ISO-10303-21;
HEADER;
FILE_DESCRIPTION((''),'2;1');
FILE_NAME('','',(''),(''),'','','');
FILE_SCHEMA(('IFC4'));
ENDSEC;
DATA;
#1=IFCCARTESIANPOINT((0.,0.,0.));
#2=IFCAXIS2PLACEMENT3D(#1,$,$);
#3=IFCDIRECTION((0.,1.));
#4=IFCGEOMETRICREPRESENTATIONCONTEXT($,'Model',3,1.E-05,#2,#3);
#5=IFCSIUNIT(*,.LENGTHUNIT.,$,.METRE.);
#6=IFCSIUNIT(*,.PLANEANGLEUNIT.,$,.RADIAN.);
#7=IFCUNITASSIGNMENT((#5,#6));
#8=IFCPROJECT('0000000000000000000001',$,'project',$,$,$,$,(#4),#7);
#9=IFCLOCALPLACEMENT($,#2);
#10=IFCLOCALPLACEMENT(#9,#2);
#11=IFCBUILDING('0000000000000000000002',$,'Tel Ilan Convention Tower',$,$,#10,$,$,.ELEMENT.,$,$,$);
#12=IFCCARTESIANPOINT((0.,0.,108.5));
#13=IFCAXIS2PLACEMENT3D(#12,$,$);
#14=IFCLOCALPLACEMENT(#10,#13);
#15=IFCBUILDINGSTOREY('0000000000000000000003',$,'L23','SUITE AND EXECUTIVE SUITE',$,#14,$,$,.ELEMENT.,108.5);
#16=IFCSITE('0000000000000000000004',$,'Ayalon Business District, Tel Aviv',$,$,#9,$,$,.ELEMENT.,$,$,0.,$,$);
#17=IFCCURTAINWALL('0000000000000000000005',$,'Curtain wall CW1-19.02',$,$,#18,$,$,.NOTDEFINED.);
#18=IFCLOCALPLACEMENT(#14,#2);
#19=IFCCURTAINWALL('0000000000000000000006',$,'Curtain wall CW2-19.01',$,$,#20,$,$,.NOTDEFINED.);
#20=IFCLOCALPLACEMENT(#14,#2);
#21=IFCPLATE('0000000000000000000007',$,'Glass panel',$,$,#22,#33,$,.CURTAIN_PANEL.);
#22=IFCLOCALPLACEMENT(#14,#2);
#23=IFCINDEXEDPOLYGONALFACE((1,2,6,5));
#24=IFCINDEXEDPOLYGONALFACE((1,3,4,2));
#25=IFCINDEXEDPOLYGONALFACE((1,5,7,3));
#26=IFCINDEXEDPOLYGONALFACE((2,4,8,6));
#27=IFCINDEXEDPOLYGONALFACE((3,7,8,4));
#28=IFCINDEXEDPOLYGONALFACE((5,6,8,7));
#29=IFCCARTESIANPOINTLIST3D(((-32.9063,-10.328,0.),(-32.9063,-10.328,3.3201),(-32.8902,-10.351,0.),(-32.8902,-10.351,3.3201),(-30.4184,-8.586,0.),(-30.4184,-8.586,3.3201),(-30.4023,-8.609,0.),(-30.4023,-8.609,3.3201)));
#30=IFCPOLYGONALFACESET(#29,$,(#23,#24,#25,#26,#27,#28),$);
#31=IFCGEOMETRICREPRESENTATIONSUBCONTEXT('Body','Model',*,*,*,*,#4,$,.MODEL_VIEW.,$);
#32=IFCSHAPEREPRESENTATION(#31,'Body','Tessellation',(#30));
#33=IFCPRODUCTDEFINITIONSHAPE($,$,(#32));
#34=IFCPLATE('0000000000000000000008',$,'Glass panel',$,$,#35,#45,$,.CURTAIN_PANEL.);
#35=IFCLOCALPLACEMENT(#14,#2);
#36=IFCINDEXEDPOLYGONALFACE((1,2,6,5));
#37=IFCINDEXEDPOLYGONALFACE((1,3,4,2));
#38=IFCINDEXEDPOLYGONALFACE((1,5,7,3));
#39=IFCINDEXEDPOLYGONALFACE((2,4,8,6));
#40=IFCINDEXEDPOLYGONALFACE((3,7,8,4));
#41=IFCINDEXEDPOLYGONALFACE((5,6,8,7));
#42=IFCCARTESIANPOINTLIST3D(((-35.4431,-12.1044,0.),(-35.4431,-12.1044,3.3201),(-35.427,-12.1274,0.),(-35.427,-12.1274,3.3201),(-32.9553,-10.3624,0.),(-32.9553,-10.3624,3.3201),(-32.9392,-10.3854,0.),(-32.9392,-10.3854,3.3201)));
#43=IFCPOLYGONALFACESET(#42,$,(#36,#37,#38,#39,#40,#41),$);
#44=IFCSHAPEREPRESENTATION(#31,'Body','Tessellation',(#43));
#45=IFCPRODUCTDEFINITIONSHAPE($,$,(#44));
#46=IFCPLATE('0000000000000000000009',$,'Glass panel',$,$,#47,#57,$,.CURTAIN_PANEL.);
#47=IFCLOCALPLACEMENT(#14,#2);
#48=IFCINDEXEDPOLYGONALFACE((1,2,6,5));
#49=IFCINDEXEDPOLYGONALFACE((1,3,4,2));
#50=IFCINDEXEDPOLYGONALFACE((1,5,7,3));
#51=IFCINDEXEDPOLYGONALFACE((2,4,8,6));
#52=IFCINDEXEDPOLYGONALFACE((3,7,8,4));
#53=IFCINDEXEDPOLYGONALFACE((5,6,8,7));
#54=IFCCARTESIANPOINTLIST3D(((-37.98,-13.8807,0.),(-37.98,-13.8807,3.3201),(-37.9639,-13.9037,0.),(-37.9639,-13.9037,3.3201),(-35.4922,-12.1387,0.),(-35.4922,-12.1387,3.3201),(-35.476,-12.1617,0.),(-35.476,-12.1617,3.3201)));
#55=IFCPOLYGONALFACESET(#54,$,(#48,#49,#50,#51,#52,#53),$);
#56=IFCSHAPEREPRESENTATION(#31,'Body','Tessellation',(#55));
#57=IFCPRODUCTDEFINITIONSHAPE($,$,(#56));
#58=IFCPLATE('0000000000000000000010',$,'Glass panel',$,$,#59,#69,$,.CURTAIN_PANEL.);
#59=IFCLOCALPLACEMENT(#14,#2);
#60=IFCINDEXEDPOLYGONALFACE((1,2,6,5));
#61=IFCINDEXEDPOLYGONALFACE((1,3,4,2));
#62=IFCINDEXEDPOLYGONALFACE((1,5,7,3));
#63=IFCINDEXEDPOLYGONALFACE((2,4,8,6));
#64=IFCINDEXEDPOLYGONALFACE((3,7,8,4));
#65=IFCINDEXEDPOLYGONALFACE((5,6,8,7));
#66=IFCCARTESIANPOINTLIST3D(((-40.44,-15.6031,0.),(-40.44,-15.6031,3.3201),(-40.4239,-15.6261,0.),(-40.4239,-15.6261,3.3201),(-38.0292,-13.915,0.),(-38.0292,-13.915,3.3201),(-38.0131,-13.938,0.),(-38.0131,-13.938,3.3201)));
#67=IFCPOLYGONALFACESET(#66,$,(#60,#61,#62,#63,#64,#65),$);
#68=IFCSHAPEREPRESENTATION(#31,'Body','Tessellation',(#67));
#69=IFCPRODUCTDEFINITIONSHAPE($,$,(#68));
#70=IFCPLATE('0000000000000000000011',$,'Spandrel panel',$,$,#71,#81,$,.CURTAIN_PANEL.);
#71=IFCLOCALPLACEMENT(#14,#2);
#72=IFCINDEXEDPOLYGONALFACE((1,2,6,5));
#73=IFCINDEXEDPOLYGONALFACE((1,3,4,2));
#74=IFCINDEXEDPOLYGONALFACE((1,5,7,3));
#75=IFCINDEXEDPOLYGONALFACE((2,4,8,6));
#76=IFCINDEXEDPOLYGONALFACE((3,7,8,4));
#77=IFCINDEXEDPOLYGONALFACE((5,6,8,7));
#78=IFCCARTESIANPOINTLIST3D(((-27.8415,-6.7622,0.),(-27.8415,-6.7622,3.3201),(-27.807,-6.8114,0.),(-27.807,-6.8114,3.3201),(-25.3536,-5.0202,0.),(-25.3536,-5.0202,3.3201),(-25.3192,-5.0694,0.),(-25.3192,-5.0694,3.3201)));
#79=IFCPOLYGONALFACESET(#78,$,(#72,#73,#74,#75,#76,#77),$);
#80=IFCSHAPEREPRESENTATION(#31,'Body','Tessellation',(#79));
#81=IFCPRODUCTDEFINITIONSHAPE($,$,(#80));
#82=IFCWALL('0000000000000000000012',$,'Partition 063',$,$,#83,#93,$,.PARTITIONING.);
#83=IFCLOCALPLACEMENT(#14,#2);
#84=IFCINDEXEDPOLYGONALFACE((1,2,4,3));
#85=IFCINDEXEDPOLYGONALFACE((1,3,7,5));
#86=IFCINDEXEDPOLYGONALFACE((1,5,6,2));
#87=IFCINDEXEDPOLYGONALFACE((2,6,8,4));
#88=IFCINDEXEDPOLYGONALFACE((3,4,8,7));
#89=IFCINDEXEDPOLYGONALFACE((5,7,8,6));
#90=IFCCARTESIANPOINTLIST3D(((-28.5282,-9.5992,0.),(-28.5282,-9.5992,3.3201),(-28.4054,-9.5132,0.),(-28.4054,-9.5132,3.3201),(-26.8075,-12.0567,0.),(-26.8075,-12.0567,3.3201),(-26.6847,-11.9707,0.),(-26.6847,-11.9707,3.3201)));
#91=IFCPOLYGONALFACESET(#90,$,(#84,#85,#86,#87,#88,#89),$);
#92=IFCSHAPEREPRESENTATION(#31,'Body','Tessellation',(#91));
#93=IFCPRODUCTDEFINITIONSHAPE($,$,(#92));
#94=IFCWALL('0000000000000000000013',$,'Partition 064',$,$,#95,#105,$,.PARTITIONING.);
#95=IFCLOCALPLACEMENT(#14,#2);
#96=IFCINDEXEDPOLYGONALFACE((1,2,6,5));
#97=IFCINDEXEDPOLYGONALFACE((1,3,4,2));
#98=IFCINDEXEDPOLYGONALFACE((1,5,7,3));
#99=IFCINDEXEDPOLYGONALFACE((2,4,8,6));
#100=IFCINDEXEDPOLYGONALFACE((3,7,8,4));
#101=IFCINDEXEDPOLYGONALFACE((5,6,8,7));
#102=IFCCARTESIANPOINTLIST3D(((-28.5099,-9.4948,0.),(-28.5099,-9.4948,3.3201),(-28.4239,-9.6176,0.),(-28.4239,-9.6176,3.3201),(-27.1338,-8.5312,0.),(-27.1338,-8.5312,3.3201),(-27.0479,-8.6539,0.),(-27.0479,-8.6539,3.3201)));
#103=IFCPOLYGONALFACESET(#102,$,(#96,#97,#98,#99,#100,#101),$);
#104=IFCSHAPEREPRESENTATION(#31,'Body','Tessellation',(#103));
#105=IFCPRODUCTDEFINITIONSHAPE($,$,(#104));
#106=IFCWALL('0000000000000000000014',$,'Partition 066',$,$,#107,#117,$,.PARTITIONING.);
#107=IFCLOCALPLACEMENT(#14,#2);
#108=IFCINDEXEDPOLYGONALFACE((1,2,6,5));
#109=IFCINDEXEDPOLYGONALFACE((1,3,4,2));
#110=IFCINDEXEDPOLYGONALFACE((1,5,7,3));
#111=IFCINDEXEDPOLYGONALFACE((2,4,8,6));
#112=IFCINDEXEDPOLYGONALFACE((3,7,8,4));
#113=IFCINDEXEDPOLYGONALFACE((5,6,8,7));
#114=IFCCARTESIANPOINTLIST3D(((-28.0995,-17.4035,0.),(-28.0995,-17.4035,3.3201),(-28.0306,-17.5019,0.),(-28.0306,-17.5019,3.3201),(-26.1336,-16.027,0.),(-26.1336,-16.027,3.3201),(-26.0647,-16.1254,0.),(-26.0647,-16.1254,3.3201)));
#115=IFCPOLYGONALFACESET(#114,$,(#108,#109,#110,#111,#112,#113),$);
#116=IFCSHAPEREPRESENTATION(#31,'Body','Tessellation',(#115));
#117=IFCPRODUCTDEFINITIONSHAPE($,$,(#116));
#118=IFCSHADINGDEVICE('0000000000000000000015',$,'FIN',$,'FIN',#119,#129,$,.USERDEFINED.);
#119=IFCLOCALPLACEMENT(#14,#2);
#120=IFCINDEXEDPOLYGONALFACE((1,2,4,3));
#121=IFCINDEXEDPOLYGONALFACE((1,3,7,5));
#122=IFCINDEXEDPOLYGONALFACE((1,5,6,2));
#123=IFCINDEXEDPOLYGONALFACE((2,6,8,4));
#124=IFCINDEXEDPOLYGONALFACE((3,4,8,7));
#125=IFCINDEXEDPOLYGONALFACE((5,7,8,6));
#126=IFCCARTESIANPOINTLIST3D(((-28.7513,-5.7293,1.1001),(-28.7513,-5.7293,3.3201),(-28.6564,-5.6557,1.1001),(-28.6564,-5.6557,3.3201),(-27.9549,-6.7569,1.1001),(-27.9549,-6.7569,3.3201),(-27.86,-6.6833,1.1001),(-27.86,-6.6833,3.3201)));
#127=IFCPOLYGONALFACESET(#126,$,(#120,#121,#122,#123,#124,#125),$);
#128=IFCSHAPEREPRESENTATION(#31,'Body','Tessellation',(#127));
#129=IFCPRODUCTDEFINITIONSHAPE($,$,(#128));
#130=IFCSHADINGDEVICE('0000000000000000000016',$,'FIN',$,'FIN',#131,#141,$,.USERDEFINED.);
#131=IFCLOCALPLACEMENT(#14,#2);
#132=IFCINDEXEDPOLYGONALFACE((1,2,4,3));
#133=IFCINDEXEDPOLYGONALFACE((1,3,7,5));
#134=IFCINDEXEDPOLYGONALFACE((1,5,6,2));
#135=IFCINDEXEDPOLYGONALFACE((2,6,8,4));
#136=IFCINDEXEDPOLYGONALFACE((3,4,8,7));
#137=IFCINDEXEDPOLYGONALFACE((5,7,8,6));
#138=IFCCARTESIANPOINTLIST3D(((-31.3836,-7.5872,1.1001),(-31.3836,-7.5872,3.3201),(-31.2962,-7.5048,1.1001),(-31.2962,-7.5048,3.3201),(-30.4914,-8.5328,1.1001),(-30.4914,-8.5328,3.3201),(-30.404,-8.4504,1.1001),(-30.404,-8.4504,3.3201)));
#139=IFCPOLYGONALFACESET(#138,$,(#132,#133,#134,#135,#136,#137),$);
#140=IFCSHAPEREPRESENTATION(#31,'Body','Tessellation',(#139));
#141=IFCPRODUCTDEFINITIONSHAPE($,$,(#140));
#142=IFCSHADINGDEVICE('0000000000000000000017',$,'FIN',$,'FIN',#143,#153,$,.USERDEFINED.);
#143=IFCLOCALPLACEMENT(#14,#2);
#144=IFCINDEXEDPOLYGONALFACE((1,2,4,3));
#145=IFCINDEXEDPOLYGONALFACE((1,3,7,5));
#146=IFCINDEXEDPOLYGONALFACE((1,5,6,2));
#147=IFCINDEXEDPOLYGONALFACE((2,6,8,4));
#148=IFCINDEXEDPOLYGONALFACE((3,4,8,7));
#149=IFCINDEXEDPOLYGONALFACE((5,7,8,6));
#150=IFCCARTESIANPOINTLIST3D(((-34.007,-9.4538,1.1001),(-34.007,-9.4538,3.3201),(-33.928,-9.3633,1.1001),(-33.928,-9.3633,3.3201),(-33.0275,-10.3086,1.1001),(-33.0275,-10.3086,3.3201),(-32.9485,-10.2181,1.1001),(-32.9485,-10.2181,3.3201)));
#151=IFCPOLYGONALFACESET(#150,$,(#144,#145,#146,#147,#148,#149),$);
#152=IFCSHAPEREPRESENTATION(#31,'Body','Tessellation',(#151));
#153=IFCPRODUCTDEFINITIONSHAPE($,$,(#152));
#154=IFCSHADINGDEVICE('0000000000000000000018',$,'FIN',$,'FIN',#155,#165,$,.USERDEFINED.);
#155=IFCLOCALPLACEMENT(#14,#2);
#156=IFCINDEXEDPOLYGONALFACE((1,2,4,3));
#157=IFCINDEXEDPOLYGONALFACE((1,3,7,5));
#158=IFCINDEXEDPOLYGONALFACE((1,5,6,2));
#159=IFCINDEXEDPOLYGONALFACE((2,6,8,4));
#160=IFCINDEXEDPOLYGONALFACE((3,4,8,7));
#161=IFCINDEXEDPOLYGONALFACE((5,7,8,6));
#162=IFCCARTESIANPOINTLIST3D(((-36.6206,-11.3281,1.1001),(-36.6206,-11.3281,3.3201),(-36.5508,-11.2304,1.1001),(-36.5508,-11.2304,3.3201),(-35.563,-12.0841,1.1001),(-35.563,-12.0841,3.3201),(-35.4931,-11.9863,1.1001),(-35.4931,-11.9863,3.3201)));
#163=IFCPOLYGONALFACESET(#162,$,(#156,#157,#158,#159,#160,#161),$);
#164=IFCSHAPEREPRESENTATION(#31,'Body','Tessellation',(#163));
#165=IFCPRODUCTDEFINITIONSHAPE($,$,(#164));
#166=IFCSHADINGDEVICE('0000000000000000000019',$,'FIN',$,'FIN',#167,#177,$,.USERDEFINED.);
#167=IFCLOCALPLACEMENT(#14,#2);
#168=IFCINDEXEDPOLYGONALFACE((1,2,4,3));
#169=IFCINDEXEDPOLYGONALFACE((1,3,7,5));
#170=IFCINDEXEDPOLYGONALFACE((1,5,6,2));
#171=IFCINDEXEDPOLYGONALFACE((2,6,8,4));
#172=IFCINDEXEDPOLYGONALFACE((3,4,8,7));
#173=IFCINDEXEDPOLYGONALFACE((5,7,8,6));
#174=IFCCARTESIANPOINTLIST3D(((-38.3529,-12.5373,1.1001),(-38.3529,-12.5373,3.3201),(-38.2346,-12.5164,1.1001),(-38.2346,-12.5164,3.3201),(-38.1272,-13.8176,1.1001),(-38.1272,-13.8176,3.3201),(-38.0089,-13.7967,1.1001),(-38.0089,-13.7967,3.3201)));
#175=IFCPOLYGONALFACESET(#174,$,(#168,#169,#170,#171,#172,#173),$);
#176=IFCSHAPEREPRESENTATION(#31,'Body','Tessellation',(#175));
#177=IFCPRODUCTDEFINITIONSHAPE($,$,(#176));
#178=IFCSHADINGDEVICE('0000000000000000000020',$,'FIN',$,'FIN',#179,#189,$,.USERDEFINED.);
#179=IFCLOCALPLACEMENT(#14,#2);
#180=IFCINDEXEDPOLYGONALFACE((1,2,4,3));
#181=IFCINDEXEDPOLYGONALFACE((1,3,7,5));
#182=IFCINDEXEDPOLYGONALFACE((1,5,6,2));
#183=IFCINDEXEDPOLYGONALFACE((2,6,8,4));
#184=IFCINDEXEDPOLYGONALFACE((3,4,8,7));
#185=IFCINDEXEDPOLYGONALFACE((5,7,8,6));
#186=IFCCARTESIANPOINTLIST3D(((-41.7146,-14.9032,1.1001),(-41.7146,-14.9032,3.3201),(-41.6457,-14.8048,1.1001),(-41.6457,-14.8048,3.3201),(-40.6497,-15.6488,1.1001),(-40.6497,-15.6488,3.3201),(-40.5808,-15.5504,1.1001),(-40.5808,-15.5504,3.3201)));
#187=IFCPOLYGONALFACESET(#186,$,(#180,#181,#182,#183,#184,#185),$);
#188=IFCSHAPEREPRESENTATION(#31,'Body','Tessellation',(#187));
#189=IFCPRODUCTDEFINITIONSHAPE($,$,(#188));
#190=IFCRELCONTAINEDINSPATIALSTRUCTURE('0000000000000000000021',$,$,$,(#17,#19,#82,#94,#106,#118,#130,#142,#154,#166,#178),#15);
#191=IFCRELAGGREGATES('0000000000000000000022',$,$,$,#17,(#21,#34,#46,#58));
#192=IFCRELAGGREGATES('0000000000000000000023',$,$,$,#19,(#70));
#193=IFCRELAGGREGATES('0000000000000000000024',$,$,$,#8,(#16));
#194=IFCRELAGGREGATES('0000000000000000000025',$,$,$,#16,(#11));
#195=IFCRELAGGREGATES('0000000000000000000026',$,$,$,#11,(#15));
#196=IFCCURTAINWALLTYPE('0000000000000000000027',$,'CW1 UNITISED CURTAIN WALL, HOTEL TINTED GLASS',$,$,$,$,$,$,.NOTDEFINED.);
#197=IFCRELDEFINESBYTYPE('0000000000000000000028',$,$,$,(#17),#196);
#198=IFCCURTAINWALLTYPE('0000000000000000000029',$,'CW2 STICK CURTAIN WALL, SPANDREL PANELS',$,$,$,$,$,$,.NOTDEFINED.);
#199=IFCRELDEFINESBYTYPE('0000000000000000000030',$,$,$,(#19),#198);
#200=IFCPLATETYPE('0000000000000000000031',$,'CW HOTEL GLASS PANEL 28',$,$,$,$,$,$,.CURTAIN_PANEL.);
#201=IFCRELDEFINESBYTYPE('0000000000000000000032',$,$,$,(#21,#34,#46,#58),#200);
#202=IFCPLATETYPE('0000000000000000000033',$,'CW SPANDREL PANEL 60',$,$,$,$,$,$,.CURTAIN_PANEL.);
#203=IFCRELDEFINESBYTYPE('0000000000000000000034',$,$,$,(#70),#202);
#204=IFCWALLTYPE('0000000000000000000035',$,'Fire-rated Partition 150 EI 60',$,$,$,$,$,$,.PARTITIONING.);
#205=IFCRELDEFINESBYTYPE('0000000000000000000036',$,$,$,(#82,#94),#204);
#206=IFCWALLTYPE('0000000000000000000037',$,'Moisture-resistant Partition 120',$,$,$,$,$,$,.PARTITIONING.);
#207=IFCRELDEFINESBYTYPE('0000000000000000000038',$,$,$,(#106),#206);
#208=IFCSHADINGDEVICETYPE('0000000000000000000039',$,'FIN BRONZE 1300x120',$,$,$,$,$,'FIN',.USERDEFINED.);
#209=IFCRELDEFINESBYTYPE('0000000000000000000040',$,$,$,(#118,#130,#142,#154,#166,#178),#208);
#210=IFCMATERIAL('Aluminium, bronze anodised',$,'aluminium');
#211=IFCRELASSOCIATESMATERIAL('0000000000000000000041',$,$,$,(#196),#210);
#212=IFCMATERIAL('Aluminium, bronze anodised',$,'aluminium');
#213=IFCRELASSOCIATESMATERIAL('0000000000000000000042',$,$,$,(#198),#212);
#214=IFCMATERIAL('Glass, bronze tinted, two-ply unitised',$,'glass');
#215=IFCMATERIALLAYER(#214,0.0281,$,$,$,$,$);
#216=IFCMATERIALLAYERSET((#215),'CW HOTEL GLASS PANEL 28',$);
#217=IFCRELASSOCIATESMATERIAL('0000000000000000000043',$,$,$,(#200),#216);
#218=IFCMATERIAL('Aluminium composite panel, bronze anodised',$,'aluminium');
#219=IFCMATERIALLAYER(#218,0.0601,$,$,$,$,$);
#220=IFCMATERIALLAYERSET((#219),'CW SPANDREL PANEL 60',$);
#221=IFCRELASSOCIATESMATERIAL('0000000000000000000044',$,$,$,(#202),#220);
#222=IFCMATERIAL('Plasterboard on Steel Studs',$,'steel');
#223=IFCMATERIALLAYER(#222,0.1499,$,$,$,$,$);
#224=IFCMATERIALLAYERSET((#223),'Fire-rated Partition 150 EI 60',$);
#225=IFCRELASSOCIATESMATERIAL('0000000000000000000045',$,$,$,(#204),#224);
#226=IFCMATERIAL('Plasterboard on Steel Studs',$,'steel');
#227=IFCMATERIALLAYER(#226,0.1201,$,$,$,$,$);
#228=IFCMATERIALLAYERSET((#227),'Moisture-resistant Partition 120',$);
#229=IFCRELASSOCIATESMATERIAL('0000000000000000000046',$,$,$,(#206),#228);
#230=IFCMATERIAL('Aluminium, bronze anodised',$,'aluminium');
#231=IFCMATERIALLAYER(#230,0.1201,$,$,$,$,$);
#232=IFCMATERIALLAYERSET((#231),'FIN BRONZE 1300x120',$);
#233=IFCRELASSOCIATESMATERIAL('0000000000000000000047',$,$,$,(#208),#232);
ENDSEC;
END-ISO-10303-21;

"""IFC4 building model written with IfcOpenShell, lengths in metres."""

from ifc_helpers import new_model, si_unit, direction, frame, frame_2d, origin, origin_2d, place, context, subcontext, project, spatial, rectangle, extrude, material, layer, layer_set, type_object, element, aggregate, save


model = new_model("IFC4")

# Units and contexts
model_context = context("Model", 3, precision=1e-05, world=origin(), true_north=direction((0.0, 1.0)))
body_context = subcontext(model_context, "Body", "Model", "MODEL_VIEW")
ifc_project = project(units=[si_unit("LENGTHUNIT", "METRE"), si_unit("PLANEANGLEUNIT", "RADIAN")], contexts=[model_context])

# Site, building, storey
site_placement = place(None, origin())
site = spatial("IfcSite", under=ifc_project, at=site_placement, Name="Ayalon Business District, Tel Aviv", CompositionType="ELEMENT", RefElevation=0.0)
building_placement = place(site_placement, origin())
building = spatial("IfcBuilding", under=site, at=building_placement, Name="Tel Ilan Convention Tower", CompositionType="ELEMENT")
storey_placement = place(building_placement, frame((0.0, 0.0, 108.5)))
storey = spatial("IfcBuildingStorey", under=building, at=storey_placement, Name="L23", Description="SUITE AND EXECUTIVE SUITE", CompositionType="ELEMENT", Elevation=108.5)

# Curtain wall
ifc_material_1 = material(Name="Aluminium, bronze anodised", Category="aluminium")
curtain_wall_type_1 = type_object("IfcCurtainWallType", Name="CW1 UNITISED CURTAIN WALL, HOTEL TINTED GLASS", PredefinedType="NOTDEFINED", material=ifc_material_1)
curtain_wall_1_placement = place(storey_placement, origin())
curtain_wall_1 = element("IfcCurtainWall", 1, at=curtain_wall_1_placement, inside=storey, type_object=curtain_wall_type_1, Name="Curtain wall CW1-19.02", PredefinedType="NOTDEFINED")

# Curtain wall
ifc_material_2 = material(Name="Aluminium, bronze anodised", Category="aluminium")
curtain_wall_type_2 = type_object("IfcCurtainWallType", Name="CW2 STICK CURTAIN WALL, SPANDREL PANELS", PredefinedType="NOTDEFINED", material=ifc_material_2)
curtain_wall_2_placement = place(storey_placement, origin())
curtain_wall_2 = element("IfcCurtainWall", 2, at=curtain_wall_2_placement, inside=storey, type_object=curtain_wall_type_2, Name="Curtain wall CW2-19.01", PredefinedType="NOTDEFINED")

# Plates
ifc_material_3 = material(Name="Glass, bronze tinted, two-ply unitised", Category="glass")
ifc_layer_1 = layer(ifc_material_3, 0.0281)
ifc_layer_set_1 = layer_set([ifc_layer_1], Name="CW HOTEL GLASS PANEL 28")
plate_type_1 = type_object("IfcPlateType", Name="CW HOTEL GLASS PANEL 28", PredefinedType="CURTAIN_PANEL", material=ifc_layer_set_1)
plate_1_placement = place(storey_placement, frame((-31.6543, -9.4685, 0.0), z_axis=(0.0, 0.0, 1.0), x_axis=(-0.819152, -0.573576, 0.0)))
plate_1 = element("IfcPlate", 3, at=plate_1_placement, type_object=plate_type_1, Name="Glass panel", PredefinedType="CURTAIN_PANEL", context=body_context, shape_type="SweptSolid", body=[
    extrude(rectangle(XDim=3.0371, YDim=0.0281, at=origin_2d()), origin(), (0.0, 0.0, 1.0), 3.3201),
])
plate_2_placement = place(storey_placement, frame((-34.1912, -11.2449, 0.0), z_axis=(0.0, 0.0, 1.0), x_axis=(-0.819152, -0.573576, 0.0)))
plate_2 = element("IfcPlate", 4, at=plate_2_placement, type_object=plate_type_1, Name="Glass panel", PredefinedType="CURTAIN_PANEL", context=body_context, shape_type="SweptSolid", body=[
    extrude(rectangle(XDim=3.0371, YDim=0.0281, at=origin_2d()), origin(), (0.0, 0.0, 1.0), 3.3201),
])
plate_3_placement = place(storey_placement, frame((-36.728, -13.0212, 0.0), z_axis=(0.0, 0.0, 1.0), x_axis=(-0.819152, -0.573576, 0.0)))
plate_3 = element("IfcPlate", 5, at=plate_3_placement, type_object=plate_type_1, Name="Glass panel", PredefinedType="CURTAIN_PANEL", context=body_context, shape_type="SweptSolid", body=[
    extrude(rectangle(XDim=3.0371, YDim=0.0281, at=origin_2d()), origin(), (0.0, 0.0, 1.0), 3.3201),
])
plate_4_placement = place(storey_placement, frame((-39.2266, -14.7705, 0.0), z_axis=(0.0, 0.0, 1.0), x_axis=(-0.819152, -0.573576, 0.0)))
plate_4 = element("IfcPlate", 6, at=plate_4_placement, type_object=plate_type_1, Name="Glass panel", PredefinedType="CURTAIN_PANEL", context=body_context, shape_type="SweptSolid", body=[
    extrude(rectangle(XDim=2.9431, YDim=0.0281, at=origin_2d()), origin(), (0.0, 0.0, 1.0), 3.3201),
])
aggregate(curtain_wall_1, [plate_1, plate_2, plate_3, plate_4])
ifc_material_4 = material(Name="Aluminium composite panel, bronze anodised", Category="aluminium")
ifc_layer_2 = layer(ifc_material_4, 0.0601)
ifc_layer_set_2 = layer_set([ifc_layer_2], Name="CW SPANDREL PANEL 60")
plate_type_2 = type_object("IfcPlateType", Name="CW SPANDREL PANEL 60", PredefinedType="CURTAIN_PANEL", material=ifc_layer_set_2)
plate_5_placement = place(storey_placement, frame((-26.5803, -5.9158, 0.0), z_axis=(0.0, 0.0, 1.0), x_axis=(-0.819152, -0.573576, 0.0)))
plate_5 = element("IfcPlate", 7, at=plate_5_placement, type_object=plate_type_2, Name="Spandrel panel", PredefinedType="CURTAIN_PANEL", context=body_context, shape_type="SweptSolid", body=[
    extrude(rectangle(XDim=3.0371, YDim=0.0601, at=origin_2d()), origin(), (0.0, 0.0, 1.0), 3.3201),
])
aggregate(curtain_wall_2, [plate_5])

# Walls
ifc_material_5 = material(Name="Plasterboard on Steel Studs", Category="steel")
ifc_layer_3 = layer(ifc_material_5, 0.1499)
ifc_layer_set_3 = layer_set([ifc_layer_3], Name="Fire-rated Partition 150 EI 60")
wall_type_1 = type_object("IfcWallType", Name="Fire-rated Partition 150 EI 60", PredefinedType="PARTITIONING", material=ifc_layer_set_3)
wall_1_placement = place(storey_placement, frame((-26.7461, -12.0137, 0.0), z_axis=(0.0, 0.0, 1.0), x_axis=(-0.573561, 0.819163, 0.0)))
element("IfcWall", 8, at=wall_1_placement, inside=storey, type_object=wall_type_1, Name="Partition 063", PredefinedType="PARTITIONING", context=body_context, shape_type="SweptSolid", body=[
    extrude(rectangle(XDim=3.0, YDim=0.1499, at=frame_2d((1.5, 0.0))), origin(), (0.0, 0.0, 1.0), 3.3201),
])
wall_2_placement = place(storey_placement, frame((-28.4668, -9.5562, 0.0), z_axis=(0.0, 0.0, 1.0), x_axis=(0.819109, 0.573638, 0.0)))
element("IfcWall", 9, at=wall_2_placement, inside=storey, type_object=wall_type_1, Name="Partition 064", PredefinedType="PARTITIONING", context=body_context, shape_type="SweptSolid", body=[
    extrude(rectangle(XDim=1.6799, YDim=0.1499, at=frame_2d((0.8398, 0.0))), origin(), (0.0, 0.0, 1.0), 3.3201),
])
ifc_material_6 = material(Name="Plasterboard on Steel Studs", Category="steel")
ifc_layer_4 = layer(ifc_material_6, 0.1201)
ifc_layer_set_4 = layer_set([ifc_layer_4], Name="Moisture-resistant Partition 120")
wall_type_2 = type_object("IfcWallType", Name="Moisture-resistant Partition 120", PredefinedType="PARTITIONING", material=ifc_layer_set_4)
wall_3_placement = place(storey_placement, frame((-26.0991, -16.0762, 0.0), z_axis=(0.0, 0.0, 1.0), x_axis=(-0.819155, -0.573572, 0.0)))
element("IfcWall", 10, at=wall_3_placement, inside=storey, type_object=wall_type_2, Name="Partition 066", PredefinedType="PARTITIONING", context=body_context, shape_type="SweptSolid", body=[
    extrude(rectangle(XDim=2.3999, YDim=0.1201, at=frame_2d((1.2, 0.0))), origin(), (0.0, 0.0, 1.0), 3.3201),
])

# Shading devices
ifc_material_7 = material(Name="Aluminium, bronze anodised", Category="aluminium")
ifc_layer_5 = layer(ifc_material_7, 0.1201)
ifc_layer_set_5 = layer_set([ifc_layer_5], Name="FIN BRONZE 1300x120")
shading_device_type = type_object("IfcShadingDeviceType", Name="FIN BRONZE 1300x120", ElementType="FIN", PredefinedType="USERDEFINED", material=ifc_layer_set_5)
for number, where, z_axis, x_axis, name in (
    (11, (-28.3057, -6.2063, 1.1001), (0.0, 0.0, 1.0), (-0.612601, 0.790393, 0.0), "FIN"),
    (12, (-30.8938, -8.0188, 1.1001), (0.0, 0.0, 1.0), (-0.686242, 0.727374, 0.0), "FIN"),
    (13, (-33.4778, -9.8359, 1.1001), (0.0, 0.0, 1.0), (-0.753436, 0.657521, 0.0), "FIN"),
    (14, (-36.0569, -11.6572, 1.1001), (0.0, 0.0, 1.0), (-0.813552, 0.581492, 0.0), "FIN"),
    (15, (-38.1809, -13.167, 1.1001), (0.0, 0.0, 1.0), (-0.173648, 0.984808, 0.0), "FIN"),
    (16, (-41.1477, -15.2268, 1.1001), (0.0, 0.0, 1.0), (-0.819152, 0.573576, 0.0), "FIN"),
):
    element("IfcShadingDevice", number, at=place(storey_placement, frame(where, z_axis=z_axis, x_axis=x_axis)), inside=storey, type_object=shading_device_type, Name=name, ObjectType="FIN", PredefinedType="USERDEFINED", context=body_context, shape_type="SweptSolid", body=[
        extrude(rectangle(XDim=1.3, YDim=0.1201, at=origin_2d()), origin(), (0.0, 0.0, 1.0), 2.22),
    ])

save(model, "model.ifc")
